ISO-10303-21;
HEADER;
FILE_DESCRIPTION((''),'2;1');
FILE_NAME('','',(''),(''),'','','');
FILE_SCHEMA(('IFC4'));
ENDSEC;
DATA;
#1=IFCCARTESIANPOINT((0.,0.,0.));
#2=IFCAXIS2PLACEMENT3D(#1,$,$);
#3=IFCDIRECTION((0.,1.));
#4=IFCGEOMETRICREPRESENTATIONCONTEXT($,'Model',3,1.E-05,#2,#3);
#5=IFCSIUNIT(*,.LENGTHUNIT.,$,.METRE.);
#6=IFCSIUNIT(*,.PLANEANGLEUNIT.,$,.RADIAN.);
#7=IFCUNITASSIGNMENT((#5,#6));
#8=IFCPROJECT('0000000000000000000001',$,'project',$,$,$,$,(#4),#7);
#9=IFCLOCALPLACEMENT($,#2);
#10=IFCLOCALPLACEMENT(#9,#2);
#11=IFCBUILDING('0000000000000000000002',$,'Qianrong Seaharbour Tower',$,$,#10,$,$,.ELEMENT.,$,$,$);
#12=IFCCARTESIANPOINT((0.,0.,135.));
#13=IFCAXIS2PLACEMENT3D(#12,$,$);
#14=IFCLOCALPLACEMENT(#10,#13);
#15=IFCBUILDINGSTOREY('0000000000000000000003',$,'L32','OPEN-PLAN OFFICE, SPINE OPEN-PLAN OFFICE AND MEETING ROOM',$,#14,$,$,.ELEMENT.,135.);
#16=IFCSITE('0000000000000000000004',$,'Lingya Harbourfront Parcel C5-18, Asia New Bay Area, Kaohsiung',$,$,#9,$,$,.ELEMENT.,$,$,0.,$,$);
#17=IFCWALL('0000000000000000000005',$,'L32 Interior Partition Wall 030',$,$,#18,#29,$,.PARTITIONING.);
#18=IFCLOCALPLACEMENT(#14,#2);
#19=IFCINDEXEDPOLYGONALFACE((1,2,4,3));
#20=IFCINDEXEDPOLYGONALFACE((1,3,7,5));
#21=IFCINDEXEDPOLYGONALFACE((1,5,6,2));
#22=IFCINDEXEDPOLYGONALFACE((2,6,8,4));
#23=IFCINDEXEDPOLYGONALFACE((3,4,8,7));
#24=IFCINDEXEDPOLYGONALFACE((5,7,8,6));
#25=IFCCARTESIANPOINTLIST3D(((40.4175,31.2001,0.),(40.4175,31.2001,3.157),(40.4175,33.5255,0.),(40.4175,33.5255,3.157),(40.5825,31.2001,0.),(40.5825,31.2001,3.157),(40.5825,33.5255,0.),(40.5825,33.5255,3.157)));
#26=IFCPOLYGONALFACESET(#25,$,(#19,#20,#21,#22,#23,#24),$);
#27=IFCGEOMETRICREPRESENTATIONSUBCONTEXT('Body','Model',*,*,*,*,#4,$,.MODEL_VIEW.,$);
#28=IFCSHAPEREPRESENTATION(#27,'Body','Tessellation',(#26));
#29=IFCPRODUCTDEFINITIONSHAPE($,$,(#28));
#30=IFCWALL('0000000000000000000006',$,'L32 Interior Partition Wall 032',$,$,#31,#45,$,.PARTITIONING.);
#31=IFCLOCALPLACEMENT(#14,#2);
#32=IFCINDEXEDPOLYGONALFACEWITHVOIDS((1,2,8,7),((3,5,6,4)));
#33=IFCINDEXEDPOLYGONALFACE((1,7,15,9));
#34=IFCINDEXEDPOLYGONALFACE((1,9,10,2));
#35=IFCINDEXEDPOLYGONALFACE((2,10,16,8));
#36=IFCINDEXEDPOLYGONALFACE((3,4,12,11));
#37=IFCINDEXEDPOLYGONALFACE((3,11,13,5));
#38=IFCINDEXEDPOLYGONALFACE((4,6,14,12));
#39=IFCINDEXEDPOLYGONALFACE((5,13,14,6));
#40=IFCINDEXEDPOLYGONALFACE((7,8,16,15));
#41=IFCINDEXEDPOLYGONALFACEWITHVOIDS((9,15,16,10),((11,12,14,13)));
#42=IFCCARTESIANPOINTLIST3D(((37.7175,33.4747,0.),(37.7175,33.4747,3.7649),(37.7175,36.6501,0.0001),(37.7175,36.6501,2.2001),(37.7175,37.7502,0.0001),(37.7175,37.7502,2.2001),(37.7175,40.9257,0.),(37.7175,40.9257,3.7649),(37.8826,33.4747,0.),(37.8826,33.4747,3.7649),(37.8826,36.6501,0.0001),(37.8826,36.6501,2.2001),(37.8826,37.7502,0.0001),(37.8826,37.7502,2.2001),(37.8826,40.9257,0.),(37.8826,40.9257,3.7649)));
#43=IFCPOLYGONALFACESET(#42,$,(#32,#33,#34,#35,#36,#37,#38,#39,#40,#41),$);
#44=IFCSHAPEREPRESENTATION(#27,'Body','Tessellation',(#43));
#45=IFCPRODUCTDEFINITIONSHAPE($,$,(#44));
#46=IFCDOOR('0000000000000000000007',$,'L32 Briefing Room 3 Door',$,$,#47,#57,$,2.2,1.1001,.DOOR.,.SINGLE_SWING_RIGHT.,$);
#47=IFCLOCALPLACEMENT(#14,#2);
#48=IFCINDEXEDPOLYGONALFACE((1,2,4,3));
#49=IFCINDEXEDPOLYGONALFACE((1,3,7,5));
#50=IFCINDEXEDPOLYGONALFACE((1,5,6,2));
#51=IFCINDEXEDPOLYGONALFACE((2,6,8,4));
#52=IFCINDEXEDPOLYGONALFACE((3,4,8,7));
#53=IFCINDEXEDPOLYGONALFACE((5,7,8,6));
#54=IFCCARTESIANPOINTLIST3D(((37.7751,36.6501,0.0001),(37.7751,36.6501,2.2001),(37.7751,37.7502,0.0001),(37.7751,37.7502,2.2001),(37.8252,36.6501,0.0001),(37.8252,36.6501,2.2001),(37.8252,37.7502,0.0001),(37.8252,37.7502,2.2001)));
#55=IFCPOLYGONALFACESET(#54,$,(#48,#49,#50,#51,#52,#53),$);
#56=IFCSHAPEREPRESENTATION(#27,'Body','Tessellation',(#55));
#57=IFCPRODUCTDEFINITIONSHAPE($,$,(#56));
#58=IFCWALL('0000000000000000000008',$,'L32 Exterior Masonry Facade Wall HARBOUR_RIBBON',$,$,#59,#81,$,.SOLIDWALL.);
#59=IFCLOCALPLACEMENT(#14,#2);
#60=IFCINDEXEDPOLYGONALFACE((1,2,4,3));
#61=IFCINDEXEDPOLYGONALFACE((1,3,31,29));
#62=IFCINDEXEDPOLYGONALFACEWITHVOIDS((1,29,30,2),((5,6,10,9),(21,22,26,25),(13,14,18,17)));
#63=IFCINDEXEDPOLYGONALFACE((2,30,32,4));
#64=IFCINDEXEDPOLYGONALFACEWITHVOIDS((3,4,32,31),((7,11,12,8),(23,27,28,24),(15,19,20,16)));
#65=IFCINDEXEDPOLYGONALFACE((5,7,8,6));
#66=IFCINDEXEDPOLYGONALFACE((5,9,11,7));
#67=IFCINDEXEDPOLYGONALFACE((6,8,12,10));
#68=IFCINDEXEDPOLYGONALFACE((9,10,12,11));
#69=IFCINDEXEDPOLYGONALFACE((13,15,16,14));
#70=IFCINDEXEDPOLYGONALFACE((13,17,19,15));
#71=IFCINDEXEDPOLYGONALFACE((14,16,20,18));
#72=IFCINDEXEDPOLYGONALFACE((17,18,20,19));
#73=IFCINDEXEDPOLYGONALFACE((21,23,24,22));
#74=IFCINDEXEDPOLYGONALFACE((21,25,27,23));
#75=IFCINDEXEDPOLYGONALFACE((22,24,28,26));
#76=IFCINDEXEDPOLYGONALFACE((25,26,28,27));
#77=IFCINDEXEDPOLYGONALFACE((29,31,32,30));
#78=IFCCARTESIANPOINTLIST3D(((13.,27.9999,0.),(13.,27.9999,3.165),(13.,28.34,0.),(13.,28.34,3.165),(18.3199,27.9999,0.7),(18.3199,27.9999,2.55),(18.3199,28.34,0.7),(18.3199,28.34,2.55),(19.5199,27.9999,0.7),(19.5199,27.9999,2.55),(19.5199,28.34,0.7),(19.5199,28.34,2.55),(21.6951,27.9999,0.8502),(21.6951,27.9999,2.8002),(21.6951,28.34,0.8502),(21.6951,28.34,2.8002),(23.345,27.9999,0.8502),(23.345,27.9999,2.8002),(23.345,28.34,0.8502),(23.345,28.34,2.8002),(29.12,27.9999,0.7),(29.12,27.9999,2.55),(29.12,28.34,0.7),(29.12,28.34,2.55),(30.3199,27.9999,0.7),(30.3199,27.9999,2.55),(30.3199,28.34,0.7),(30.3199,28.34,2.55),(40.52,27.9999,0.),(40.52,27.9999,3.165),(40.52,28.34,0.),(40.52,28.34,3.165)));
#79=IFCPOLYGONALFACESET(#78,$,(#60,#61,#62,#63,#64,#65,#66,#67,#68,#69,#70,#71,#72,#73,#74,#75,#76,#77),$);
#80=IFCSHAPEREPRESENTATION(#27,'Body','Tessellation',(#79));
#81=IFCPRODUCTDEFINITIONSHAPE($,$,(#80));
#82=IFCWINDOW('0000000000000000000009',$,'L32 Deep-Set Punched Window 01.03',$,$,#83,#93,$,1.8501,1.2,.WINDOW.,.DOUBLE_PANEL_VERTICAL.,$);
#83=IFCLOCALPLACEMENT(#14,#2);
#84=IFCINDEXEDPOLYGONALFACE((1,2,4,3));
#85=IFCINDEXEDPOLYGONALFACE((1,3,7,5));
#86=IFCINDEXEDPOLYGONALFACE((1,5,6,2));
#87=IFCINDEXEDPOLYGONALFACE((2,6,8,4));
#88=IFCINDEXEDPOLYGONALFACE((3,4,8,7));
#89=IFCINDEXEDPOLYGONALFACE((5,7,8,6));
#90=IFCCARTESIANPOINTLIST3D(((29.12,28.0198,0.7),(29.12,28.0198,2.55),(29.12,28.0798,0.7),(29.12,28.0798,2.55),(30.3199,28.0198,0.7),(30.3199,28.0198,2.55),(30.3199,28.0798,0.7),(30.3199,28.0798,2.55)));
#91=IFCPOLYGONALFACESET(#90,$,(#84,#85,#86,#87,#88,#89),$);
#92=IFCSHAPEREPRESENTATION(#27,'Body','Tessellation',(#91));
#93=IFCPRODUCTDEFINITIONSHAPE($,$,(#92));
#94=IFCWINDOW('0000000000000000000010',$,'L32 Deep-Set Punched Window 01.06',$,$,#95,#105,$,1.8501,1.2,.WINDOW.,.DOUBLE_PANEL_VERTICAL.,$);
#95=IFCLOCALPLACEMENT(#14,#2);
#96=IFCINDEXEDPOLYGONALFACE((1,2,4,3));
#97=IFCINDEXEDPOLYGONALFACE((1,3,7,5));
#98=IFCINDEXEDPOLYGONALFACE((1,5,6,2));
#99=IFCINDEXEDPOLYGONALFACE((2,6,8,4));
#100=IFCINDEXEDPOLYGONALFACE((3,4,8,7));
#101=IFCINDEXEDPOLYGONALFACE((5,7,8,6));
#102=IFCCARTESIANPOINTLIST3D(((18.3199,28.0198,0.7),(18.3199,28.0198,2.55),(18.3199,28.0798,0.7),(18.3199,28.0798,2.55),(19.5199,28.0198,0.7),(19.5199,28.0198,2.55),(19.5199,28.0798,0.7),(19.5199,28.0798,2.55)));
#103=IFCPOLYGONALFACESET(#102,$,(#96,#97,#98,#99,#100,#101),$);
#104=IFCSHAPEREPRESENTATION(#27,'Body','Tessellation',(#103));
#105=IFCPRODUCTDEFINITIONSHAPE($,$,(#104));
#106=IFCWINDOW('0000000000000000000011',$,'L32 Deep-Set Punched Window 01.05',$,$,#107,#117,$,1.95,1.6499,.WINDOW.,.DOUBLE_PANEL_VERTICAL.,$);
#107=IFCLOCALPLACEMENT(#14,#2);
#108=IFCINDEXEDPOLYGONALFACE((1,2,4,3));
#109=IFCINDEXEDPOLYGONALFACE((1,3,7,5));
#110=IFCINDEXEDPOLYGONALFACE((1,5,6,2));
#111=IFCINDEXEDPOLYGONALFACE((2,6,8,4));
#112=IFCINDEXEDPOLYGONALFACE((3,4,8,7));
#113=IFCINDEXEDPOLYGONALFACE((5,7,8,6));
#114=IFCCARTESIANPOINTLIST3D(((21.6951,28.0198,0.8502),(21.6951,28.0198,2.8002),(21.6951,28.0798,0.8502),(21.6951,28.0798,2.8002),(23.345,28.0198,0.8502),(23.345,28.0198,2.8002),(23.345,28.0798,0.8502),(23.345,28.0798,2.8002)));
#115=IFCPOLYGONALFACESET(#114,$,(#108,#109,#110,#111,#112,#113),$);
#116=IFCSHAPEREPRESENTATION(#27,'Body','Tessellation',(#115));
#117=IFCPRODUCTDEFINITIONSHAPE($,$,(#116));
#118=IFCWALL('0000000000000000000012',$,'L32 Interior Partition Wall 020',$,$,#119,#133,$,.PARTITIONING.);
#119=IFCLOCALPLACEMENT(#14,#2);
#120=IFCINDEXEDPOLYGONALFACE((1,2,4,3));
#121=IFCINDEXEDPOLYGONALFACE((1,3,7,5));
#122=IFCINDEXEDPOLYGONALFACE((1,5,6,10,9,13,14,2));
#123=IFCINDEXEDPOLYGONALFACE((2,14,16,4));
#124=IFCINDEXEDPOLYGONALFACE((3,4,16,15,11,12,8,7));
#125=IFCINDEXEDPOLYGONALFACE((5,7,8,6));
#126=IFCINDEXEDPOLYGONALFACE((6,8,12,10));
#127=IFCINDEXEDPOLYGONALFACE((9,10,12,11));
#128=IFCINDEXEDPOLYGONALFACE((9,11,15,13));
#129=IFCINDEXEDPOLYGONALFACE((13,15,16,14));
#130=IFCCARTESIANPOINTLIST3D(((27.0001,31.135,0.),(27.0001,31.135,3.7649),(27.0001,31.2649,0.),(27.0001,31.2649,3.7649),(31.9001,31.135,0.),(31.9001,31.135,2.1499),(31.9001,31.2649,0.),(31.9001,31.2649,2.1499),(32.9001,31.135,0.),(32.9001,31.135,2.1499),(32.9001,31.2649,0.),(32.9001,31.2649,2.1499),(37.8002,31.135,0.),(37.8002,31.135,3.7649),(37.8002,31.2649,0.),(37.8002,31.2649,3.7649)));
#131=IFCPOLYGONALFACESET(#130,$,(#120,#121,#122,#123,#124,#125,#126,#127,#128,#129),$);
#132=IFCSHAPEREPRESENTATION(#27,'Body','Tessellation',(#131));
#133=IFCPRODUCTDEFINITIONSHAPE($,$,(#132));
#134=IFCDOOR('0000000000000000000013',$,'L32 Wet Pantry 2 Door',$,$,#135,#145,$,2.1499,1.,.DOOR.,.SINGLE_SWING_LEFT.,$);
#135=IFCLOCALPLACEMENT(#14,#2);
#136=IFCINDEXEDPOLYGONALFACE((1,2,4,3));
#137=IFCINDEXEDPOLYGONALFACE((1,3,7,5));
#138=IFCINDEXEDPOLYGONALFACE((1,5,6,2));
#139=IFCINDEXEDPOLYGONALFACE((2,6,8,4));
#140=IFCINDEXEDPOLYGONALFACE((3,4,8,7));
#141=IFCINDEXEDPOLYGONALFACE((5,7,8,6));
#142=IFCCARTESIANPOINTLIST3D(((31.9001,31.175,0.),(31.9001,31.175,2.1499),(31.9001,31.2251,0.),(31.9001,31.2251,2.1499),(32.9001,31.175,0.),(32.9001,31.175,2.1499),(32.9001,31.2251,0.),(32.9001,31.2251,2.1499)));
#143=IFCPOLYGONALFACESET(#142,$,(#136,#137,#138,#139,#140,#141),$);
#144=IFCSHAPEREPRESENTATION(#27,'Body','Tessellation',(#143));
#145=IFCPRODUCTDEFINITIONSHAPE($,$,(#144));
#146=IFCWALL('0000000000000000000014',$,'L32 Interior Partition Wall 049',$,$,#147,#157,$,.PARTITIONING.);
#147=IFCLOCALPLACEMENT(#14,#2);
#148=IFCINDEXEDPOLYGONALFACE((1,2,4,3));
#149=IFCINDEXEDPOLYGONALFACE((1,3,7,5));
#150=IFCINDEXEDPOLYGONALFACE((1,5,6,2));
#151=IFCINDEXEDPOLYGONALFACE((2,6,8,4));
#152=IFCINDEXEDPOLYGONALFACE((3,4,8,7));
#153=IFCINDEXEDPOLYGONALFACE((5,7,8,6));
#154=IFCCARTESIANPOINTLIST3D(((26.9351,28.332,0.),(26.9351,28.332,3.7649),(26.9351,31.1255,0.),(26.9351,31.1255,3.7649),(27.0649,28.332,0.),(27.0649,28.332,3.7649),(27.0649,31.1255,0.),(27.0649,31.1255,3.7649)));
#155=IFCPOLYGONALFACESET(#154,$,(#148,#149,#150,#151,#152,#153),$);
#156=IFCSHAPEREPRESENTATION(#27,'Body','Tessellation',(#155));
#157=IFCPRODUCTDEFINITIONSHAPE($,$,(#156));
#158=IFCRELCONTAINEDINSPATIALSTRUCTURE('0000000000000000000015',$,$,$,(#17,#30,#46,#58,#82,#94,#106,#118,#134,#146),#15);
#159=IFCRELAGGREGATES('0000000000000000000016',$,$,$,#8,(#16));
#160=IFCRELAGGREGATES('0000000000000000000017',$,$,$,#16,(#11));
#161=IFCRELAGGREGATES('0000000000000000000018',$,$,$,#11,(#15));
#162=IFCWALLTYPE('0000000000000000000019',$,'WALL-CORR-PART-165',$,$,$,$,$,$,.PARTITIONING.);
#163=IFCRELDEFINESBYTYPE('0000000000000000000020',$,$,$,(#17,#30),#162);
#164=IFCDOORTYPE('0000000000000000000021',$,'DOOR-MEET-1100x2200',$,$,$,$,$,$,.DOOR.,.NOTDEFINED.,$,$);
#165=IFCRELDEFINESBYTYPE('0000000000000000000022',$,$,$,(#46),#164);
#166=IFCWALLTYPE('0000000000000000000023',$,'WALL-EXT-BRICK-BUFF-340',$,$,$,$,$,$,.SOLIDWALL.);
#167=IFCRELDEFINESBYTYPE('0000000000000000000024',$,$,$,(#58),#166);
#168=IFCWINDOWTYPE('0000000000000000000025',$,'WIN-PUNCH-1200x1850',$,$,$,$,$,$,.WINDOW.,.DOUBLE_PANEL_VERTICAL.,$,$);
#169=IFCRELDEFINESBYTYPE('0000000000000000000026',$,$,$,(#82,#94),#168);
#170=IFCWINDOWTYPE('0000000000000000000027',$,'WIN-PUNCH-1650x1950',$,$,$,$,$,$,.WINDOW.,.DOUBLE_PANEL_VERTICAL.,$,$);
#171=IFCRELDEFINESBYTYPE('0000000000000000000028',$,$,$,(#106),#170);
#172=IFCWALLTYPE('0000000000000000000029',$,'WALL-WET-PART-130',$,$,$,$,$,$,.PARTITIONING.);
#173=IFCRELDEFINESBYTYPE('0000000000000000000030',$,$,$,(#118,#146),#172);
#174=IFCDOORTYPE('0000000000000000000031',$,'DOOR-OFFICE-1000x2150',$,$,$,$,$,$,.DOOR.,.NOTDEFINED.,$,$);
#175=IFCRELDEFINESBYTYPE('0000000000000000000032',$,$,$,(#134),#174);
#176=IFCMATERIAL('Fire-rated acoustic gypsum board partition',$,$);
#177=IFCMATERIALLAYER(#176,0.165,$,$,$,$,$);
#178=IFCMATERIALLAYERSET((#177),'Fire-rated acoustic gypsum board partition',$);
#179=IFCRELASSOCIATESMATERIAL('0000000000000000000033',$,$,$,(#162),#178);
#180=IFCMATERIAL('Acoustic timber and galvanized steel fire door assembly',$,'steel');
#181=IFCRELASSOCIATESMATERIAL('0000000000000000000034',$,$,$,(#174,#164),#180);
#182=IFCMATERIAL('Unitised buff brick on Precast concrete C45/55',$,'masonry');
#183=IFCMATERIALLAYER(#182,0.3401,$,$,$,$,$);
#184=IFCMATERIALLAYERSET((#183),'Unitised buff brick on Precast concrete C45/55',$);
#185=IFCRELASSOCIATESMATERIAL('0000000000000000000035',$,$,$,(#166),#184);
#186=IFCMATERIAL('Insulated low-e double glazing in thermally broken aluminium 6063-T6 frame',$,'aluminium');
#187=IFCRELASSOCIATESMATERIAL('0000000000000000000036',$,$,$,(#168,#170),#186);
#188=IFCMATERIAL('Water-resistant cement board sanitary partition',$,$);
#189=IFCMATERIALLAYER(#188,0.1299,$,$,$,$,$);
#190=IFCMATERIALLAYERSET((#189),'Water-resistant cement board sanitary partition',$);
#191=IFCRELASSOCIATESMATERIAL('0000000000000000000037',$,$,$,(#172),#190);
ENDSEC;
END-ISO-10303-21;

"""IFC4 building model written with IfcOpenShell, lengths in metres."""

from ifc_helpers import new_model, si_unit, direction, frame, frame_2d, origin, place, context, subcontext, project, spatial, rectangle, extrude, material, layer, layer_set, type_object, element, fill, save


model = new_model("IFC4")

# Units and contexts
model_context = context("Model", 3, precision=1e-05, world=origin(), true_north=direction((0.0, 1.0)))
body_context = subcontext(model_context, "Body", "Model", "MODEL_VIEW")
ifc_project = project(units=[si_unit("LENGTHUNIT", "METRE"), si_unit("PLANEANGLEUNIT", "RADIAN")], contexts=[model_context])

# Site, building, storey
site_placement = place(None, origin())
site = spatial("IfcSite", under=ifc_project, at=site_placement, Name="Lingya Harbourfront Parcel C5-18, Asia New Bay Area, Kaohsiung", CompositionType="ELEMENT", RefElevation=0.0)
building_placement = place(site_placement, origin())
building = spatial("IfcBuilding", under=site, at=building_placement, Name="Qianrong Seaharbour Tower", CompositionType="ELEMENT")
storey_placement = place(building_placement, frame((0.0, 0.0, 135.0)))
storey = spatial("IfcBuildingStorey", under=building, at=storey_placement, Name="L32", Description="OPEN-PLAN OFFICE, SPINE OPEN-PLAN OFFICE AND MEETING ROOM", CompositionType="ELEMENT", Elevation=135.0)

# Shared definitions
ifc_material_1 = material(Name="Fire-rated acoustic gypsum board partition")
ifc_layer_1 = layer(ifc_material_1, 0.165)
ifc_layer_set_1 = layer_set([ifc_layer_1], Name="Fire-rated acoustic gypsum board partition")
wall_type_1 = type_object("IfcWallType", Name="WALL-CORR-PART-165", PredefinedType="PARTITIONING", material=ifc_layer_set_1)

# Shared definitions
ifc_material_2 = material(Name="Acoustic timber and galvanized steel fire door assembly", Category="steel")
door_type_1 = type_object("IfcDoorType", Name="DOOR-OFFICE-1000x2150", OperationType="NOTDEFINED", PredefinedType="DOOR", material=ifc_material_2)

# Shared definitions
door_type_2 = type_object("IfcDoorType", Name="DOOR-MEET-1100x2200", OperationType="NOTDEFINED", PredefinedType="DOOR", material=ifc_material_2)

# Wall
wall_1_placement = place(storey_placement, frame((40.5, 33.5254, 0.0), z_axis=(0.0, 0.0, 1.0), x_axis=(0.0, -1.0, 0.0)))
element("IfcWall", 1, at=wall_1_placement, inside=storey, type_object=wall_type_1, Name="L32 Interior Partition Wall 030", PredefinedType="PARTITIONING", context=body_context, shape_type="SweptSolid", body=[
    extrude(rectangle(XDim=2.3254, YDim=0.165, at=frame_2d((1.1626, 0.0))), origin(), (0.0, 0.0, 1.0), 3.157),
])

# Wall, opening, door
wall_2_placement = place(storey_placement, frame((37.8, 33.4746, 0.0), z_axis=(0.0, 0.0, 1.0), x_axis=(0.0, 1.0, 0.0)))
wall_2 = element("IfcWall", 2, at=wall_2_placement, inside=storey, type_object=wall_type_1, Name="L32 Interior Partition Wall 032", PredefinedType="PARTITIONING", context=body_context, shape_type="SweptSolid", body=[
    extrude(rectangle(XDim=7.4509, YDim=0.165, at=frame_2d((3.7256, 0.0))), origin(), (0.0, 0.0, 1.0), 3.7649),
])
opening_1_placement = place(wall_2_placement, frame((3.1755, 0.0, 0.0)))
opening_1 = element("IfcOpeningElement", 3, at=opening_1_placement, cuts=wall_2, PredefinedType="OPENING", context=body_context, shape_type="SweptSolid", body=[
    extrude(rectangle(XDim=1.1001, YDim=2.2, at=frame_2d((0.55, 1.1001))), frame((0.0, 0.0925, 0.0), z_axis=(0.0, -1.0, 0.0), x_axis=(1.0, 0.0, 0.0)), (0.0, 0.0, 1.0), 0.1851),
])
door_1_placement = place(opening_1_placement, origin())
door_1 = element("IfcDoor", 4, at=door_1_placement, inside=storey, type_object=door_type_2, Name="L32 Briefing Room 3 Door", OperationType="SINGLE_SWING_RIGHT", OverallHeight=2.2, OverallWidth=1.1001, PredefinedType="DOOR", context=body_context, shape_type="SweptSolid", body=[
    extrude(rectangle(XDim=1.1001, YDim=2.2, at=frame_2d((0.55, 1.1001))), frame((0.0, 0.0249, 0.0), z_axis=(0.0, -1.0, 0.0), x_axis=(1.0, 0.0, 0.0)), (0.0, 0.0, 1.0), 0.05),
])
fill(opening_1, door_1)

# Wall, openings, windows
ifc_material_3 = material(Name="Unitised buff brick on Precast concrete C45/55", Category="masonry")
ifc_layer_2 = layer(ifc_material_3, 0.3401)
ifc_layer_set_2 = layer_set([ifc_layer_2], Name="Unitised buff brick on Precast concrete C45/55")
wall_type_2 = type_object("IfcWallType", Name="WALL-EXT-BRICK-BUFF-340", PredefinedType="SOLIDWALL", material=ifc_layer_set_2)
wall_3_placement = place(storey_placement, frame((40.52, 28.1699, 0.0), z_axis=(0.0, 0.0, 1.0), x_axis=(-1.0, 0.0, 0.0)))
wall_3 = element("IfcWall", 5, at=wall_3_placement, inside=storey, type_object=wall_type_2, Name="L32 Exterior Masonry Facade Wall HARBOUR_RIBBON", PredefinedType="SOLIDWALL", context=body_context, shape_type="SweptSolid", body=[
    extrude(rectangle(XDim=27.52, YDim=0.3401, at=frame_2d((13.76, 0.0))), origin(), (0.0, 0.0, 1.0), 3.165),
])
opening_2_placement = place(wall_3_placement, frame((10.2, 0.0, 0.7)))
opening_2 = element("IfcOpeningElement", 6, at=opening_2_placement, cuts=wall_3, PredefinedType="OPENING", context=body_context, shape_type="SweptSolid", body=[
    extrude(rectangle(XDim=1.2, YDim=1.8501, at=frame_2d((0.6001, 0.925))), frame((0.0, 0.1802, 0.0), z_axis=(0.0, -1.0, 0.0), x_axis=(1.0, 0.0, 0.0)), (0.0, 0.0, 1.0), 0.3601),
])
opening_3_placement = place(wall_3_placement, frame((17.175, 0.0, 0.8501)))
opening_3 = element("IfcOpeningElement", 7, at=opening_3_placement, cuts=wall_3, PredefinedType="OPENING", context=body_context, shape_type="SweptSolid", body=[
    extrude(rectangle(XDim=1.6499, YDim=1.95, at=frame_2d((0.825, 0.9751))), frame((0.0, 0.1802, 0.0), z_axis=(0.0, -1.0, 0.0), x_axis=(1.0, 0.0, 0.0)), (0.0, 0.0, 1.0), 0.3601),
])
opening_4_placement = place(wall_3_placement, frame((21.0, 0.0, 0.7)))
opening_4 = element("IfcOpeningElement", 8, at=opening_4_placement, cuts=wall_3, PredefinedType="OPENING", context=body_context, shape_type="SweptSolid", body=[
    extrude(rectangle(XDim=1.2, YDim=1.8501, at=frame_2d((0.6001, 0.925))), frame((0.0, 0.1802, 0.0), z_axis=(0.0, -1.0, 0.0), x_axis=(1.0, 0.0, 0.0)), (0.0, 0.0, 1.0), 0.3601),
])
ifc_material_4 = material(Name="Insulated low-e double glazing in thermally broken aluminium 6063-T6 frame", Category="aluminium")
window_type_1 = type_object("IfcWindowType", Name="WIN-PUNCH-1200x1850", PartitioningType="DOUBLE_PANEL_VERTICAL", PredefinedType="WINDOW", material=ifc_material_4)
window_1_placement = place(opening_2_placement, origin())
window_1 = element("IfcWindow", 9, at=window_1_placement, inside=storey, type_object=window_type_1, Name="L32 Deep-Set Punched Window 01.03", OverallHeight=1.8501, OverallWidth=1.2, PartitioningType="DOUBLE_PANEL_VERTICAL", PredefinedType="WINDOW", context=body_context, shape_type="SweptSolid", body=[
    extrude(rectangle(XDim=1.2, YDim=1.8501, at=frame_2d((0.6001, 0.925))), frame((0.0, 0.1501, 0.0), z_axis=(0.0, -1.0, 0.0), x_axis=(1.0, 0.0, 0.0)), (0.0, 0.0, 1.0), 0.0601),
])
fill(opening_2, window_1)
window_2_placement = place(opening_4_placement, origin())
window_2 = element("IfcWindow", 10, at=window_2_placement, inside=storey, type_object=window_type_1, Name="L32 Deep-Set Punched Window 01.06", OverallHeight=1.8501, OverallWidth=1.2, PartitioningType="DOUBLE_PANEL_VERTICAL", PredefinedType="WINDOW", context=body_context, shape_type="SweptSolid", body=[
    extrude(rectangle(XDim=1.2, YDim=1.8501, at=frame_2d((0.6001, 0.925))), frame((0.0, 0.1501, 0.0), z_axis=(0.0, -1.0, 0.0), x_axis=(1.0, 0.0, 0.0)), (0.0, 0.0, 1.0), 0.0601),
])
fill(opening_4, window_2)
window_type_2 = type_object("IfcWindowType", Name="WIN-PUNCH-1650x1950", PartitioningType="DOUBLE_PANEL_VERTICAL", PredefinedType="WINDOW", material=ifc_material_4)
window_3_placement = place(opening_3_placement, origin())
window_3 = element("IfcWindow", 11, at=window_3_placement, inside=storey, type_object=window_type_2, Name="L32 Deep-Set Punched Window 01.05", OverallHeight=1.95, OverallWidth=1.6499, PartitioningType="DOUBLE_PANEL_VERTICAL", PredefinedType="WINDOW", context=body_context, shape_type="SweptSolid", body=[
    extrude(rectangle(XDim=1.6499, YDim=1.95, at=frame_2d((0.825, 0.9751))), frame((0.0, 0.1501, 0.0), z_axis=(0.0, -1.0, 0.0), x_axis=(1.0, 0.0, 0.0)), (0.0, 0.0, 1.0), 0.0601),
])
fill(opening_3, window_3)

# Wall, opening, door
ifc_material_5 = material(Name="Water-resistant cement board sanitary partition")
ifc_layer_3 = layer(ifc_material_5, 0.1299)
ifc_layer_set_3 = layer_set([ifc_layer_3], Name="Water-resistant cement board sanitary partition")
wall_type_3 = type_object("IfcWallType", Name="WALL-WET-PART-130", PredefinedType="PARTITIONING", material=ifc_layer_set_3)
wall_4_placement = place(storey_placement, frame((37.8, 31.2, 0.0), z_axis=(0.0, 0.0, 1.0), x_axis=(-1.0, 0.0, 0.0)))
wall_4 = element("IfcWall", 12, at=wall_4_placement, inside=storey, type_object=wall_type_3, Name="L32 Interior Partition Wall 020", PredefinedType="PARTITIONING", context=body_context, shape_type="SweptSolid", body=[
    extrude(rectangle(XDim=10.8, YDim=0.1299, at=frame_2d((5.3999, 0.0))), origin(), (0.0, 0.0, 1.0), 3.7649),
])
opening_5_placement = place(wall_4_placement, frame((4.8999, 0.0, 0.0)))
opening_5 = element("IfcOpeningElement", 13, at=opening_5_placement, cuts=wall_4, PredefinedType="OPENING", context=body_context, shape_type="SweptSolid", body=[
    extrude(rectangle(XDim=1.0, YDim=2.1499, at=frame_2d((0.5, 1.075))), frame((0.0, 0.075, 0.0), z_axis=(0.0, -1.0, 0.0), x_axis=(1.0, 0.0, 0.0)), (0.0, 0.0, 1.0), 0.1499),
])
door_2_placement = place(opening_5_placement, origin())
door_2 = element("IfcDoor", 14, at=door_2_placement, inside=storey, type_object=door_type_1, Name="L32 Wet Pantry 2 Door", OperationType="SINGLE_SWING_LEFT", OverallHeight=2.1499, OverallWidth=1.0, PredefinedType="DOOR", context=body_context, shape_type="SweptSolid", body=[
    extrude(rectangle(XDim=1.0, YDim=2.1499, at=frame_2d((0.5, 1.075))), frame((0.0, 0.0249, 0.0), z_axis=(0.0, -1.0, 0.0), x_axis=(1.0, 0.0, 0.0)), (0.0, 0.0, 1.0), 0.05),
])
fill(opening_5, door_2)

# Wall
wall_5_placement = place(storey_placement, frame((27.0, 31.1255, 0.0), z_axis=(0.0, 0.0, 1.0), x_axis=(0.0, -1.0, 0.0)))
element("IfcWall", 15, at=wall_5_placement, inside=storey, type_object=wall_type_3, Name="L32 Interior Partition Wall 049", PredefinedType="PARTITIONING", context=body_context, shape_type="SweptSolid", body=[
    extrude(rectangle(XDim=2.7935, YDim=0.1299, at=frame_2d((1.3967, 0.0))), origin(), (0.0, 0.0, 1.0), 3.7649),
])

save(model, "model.ifc")
